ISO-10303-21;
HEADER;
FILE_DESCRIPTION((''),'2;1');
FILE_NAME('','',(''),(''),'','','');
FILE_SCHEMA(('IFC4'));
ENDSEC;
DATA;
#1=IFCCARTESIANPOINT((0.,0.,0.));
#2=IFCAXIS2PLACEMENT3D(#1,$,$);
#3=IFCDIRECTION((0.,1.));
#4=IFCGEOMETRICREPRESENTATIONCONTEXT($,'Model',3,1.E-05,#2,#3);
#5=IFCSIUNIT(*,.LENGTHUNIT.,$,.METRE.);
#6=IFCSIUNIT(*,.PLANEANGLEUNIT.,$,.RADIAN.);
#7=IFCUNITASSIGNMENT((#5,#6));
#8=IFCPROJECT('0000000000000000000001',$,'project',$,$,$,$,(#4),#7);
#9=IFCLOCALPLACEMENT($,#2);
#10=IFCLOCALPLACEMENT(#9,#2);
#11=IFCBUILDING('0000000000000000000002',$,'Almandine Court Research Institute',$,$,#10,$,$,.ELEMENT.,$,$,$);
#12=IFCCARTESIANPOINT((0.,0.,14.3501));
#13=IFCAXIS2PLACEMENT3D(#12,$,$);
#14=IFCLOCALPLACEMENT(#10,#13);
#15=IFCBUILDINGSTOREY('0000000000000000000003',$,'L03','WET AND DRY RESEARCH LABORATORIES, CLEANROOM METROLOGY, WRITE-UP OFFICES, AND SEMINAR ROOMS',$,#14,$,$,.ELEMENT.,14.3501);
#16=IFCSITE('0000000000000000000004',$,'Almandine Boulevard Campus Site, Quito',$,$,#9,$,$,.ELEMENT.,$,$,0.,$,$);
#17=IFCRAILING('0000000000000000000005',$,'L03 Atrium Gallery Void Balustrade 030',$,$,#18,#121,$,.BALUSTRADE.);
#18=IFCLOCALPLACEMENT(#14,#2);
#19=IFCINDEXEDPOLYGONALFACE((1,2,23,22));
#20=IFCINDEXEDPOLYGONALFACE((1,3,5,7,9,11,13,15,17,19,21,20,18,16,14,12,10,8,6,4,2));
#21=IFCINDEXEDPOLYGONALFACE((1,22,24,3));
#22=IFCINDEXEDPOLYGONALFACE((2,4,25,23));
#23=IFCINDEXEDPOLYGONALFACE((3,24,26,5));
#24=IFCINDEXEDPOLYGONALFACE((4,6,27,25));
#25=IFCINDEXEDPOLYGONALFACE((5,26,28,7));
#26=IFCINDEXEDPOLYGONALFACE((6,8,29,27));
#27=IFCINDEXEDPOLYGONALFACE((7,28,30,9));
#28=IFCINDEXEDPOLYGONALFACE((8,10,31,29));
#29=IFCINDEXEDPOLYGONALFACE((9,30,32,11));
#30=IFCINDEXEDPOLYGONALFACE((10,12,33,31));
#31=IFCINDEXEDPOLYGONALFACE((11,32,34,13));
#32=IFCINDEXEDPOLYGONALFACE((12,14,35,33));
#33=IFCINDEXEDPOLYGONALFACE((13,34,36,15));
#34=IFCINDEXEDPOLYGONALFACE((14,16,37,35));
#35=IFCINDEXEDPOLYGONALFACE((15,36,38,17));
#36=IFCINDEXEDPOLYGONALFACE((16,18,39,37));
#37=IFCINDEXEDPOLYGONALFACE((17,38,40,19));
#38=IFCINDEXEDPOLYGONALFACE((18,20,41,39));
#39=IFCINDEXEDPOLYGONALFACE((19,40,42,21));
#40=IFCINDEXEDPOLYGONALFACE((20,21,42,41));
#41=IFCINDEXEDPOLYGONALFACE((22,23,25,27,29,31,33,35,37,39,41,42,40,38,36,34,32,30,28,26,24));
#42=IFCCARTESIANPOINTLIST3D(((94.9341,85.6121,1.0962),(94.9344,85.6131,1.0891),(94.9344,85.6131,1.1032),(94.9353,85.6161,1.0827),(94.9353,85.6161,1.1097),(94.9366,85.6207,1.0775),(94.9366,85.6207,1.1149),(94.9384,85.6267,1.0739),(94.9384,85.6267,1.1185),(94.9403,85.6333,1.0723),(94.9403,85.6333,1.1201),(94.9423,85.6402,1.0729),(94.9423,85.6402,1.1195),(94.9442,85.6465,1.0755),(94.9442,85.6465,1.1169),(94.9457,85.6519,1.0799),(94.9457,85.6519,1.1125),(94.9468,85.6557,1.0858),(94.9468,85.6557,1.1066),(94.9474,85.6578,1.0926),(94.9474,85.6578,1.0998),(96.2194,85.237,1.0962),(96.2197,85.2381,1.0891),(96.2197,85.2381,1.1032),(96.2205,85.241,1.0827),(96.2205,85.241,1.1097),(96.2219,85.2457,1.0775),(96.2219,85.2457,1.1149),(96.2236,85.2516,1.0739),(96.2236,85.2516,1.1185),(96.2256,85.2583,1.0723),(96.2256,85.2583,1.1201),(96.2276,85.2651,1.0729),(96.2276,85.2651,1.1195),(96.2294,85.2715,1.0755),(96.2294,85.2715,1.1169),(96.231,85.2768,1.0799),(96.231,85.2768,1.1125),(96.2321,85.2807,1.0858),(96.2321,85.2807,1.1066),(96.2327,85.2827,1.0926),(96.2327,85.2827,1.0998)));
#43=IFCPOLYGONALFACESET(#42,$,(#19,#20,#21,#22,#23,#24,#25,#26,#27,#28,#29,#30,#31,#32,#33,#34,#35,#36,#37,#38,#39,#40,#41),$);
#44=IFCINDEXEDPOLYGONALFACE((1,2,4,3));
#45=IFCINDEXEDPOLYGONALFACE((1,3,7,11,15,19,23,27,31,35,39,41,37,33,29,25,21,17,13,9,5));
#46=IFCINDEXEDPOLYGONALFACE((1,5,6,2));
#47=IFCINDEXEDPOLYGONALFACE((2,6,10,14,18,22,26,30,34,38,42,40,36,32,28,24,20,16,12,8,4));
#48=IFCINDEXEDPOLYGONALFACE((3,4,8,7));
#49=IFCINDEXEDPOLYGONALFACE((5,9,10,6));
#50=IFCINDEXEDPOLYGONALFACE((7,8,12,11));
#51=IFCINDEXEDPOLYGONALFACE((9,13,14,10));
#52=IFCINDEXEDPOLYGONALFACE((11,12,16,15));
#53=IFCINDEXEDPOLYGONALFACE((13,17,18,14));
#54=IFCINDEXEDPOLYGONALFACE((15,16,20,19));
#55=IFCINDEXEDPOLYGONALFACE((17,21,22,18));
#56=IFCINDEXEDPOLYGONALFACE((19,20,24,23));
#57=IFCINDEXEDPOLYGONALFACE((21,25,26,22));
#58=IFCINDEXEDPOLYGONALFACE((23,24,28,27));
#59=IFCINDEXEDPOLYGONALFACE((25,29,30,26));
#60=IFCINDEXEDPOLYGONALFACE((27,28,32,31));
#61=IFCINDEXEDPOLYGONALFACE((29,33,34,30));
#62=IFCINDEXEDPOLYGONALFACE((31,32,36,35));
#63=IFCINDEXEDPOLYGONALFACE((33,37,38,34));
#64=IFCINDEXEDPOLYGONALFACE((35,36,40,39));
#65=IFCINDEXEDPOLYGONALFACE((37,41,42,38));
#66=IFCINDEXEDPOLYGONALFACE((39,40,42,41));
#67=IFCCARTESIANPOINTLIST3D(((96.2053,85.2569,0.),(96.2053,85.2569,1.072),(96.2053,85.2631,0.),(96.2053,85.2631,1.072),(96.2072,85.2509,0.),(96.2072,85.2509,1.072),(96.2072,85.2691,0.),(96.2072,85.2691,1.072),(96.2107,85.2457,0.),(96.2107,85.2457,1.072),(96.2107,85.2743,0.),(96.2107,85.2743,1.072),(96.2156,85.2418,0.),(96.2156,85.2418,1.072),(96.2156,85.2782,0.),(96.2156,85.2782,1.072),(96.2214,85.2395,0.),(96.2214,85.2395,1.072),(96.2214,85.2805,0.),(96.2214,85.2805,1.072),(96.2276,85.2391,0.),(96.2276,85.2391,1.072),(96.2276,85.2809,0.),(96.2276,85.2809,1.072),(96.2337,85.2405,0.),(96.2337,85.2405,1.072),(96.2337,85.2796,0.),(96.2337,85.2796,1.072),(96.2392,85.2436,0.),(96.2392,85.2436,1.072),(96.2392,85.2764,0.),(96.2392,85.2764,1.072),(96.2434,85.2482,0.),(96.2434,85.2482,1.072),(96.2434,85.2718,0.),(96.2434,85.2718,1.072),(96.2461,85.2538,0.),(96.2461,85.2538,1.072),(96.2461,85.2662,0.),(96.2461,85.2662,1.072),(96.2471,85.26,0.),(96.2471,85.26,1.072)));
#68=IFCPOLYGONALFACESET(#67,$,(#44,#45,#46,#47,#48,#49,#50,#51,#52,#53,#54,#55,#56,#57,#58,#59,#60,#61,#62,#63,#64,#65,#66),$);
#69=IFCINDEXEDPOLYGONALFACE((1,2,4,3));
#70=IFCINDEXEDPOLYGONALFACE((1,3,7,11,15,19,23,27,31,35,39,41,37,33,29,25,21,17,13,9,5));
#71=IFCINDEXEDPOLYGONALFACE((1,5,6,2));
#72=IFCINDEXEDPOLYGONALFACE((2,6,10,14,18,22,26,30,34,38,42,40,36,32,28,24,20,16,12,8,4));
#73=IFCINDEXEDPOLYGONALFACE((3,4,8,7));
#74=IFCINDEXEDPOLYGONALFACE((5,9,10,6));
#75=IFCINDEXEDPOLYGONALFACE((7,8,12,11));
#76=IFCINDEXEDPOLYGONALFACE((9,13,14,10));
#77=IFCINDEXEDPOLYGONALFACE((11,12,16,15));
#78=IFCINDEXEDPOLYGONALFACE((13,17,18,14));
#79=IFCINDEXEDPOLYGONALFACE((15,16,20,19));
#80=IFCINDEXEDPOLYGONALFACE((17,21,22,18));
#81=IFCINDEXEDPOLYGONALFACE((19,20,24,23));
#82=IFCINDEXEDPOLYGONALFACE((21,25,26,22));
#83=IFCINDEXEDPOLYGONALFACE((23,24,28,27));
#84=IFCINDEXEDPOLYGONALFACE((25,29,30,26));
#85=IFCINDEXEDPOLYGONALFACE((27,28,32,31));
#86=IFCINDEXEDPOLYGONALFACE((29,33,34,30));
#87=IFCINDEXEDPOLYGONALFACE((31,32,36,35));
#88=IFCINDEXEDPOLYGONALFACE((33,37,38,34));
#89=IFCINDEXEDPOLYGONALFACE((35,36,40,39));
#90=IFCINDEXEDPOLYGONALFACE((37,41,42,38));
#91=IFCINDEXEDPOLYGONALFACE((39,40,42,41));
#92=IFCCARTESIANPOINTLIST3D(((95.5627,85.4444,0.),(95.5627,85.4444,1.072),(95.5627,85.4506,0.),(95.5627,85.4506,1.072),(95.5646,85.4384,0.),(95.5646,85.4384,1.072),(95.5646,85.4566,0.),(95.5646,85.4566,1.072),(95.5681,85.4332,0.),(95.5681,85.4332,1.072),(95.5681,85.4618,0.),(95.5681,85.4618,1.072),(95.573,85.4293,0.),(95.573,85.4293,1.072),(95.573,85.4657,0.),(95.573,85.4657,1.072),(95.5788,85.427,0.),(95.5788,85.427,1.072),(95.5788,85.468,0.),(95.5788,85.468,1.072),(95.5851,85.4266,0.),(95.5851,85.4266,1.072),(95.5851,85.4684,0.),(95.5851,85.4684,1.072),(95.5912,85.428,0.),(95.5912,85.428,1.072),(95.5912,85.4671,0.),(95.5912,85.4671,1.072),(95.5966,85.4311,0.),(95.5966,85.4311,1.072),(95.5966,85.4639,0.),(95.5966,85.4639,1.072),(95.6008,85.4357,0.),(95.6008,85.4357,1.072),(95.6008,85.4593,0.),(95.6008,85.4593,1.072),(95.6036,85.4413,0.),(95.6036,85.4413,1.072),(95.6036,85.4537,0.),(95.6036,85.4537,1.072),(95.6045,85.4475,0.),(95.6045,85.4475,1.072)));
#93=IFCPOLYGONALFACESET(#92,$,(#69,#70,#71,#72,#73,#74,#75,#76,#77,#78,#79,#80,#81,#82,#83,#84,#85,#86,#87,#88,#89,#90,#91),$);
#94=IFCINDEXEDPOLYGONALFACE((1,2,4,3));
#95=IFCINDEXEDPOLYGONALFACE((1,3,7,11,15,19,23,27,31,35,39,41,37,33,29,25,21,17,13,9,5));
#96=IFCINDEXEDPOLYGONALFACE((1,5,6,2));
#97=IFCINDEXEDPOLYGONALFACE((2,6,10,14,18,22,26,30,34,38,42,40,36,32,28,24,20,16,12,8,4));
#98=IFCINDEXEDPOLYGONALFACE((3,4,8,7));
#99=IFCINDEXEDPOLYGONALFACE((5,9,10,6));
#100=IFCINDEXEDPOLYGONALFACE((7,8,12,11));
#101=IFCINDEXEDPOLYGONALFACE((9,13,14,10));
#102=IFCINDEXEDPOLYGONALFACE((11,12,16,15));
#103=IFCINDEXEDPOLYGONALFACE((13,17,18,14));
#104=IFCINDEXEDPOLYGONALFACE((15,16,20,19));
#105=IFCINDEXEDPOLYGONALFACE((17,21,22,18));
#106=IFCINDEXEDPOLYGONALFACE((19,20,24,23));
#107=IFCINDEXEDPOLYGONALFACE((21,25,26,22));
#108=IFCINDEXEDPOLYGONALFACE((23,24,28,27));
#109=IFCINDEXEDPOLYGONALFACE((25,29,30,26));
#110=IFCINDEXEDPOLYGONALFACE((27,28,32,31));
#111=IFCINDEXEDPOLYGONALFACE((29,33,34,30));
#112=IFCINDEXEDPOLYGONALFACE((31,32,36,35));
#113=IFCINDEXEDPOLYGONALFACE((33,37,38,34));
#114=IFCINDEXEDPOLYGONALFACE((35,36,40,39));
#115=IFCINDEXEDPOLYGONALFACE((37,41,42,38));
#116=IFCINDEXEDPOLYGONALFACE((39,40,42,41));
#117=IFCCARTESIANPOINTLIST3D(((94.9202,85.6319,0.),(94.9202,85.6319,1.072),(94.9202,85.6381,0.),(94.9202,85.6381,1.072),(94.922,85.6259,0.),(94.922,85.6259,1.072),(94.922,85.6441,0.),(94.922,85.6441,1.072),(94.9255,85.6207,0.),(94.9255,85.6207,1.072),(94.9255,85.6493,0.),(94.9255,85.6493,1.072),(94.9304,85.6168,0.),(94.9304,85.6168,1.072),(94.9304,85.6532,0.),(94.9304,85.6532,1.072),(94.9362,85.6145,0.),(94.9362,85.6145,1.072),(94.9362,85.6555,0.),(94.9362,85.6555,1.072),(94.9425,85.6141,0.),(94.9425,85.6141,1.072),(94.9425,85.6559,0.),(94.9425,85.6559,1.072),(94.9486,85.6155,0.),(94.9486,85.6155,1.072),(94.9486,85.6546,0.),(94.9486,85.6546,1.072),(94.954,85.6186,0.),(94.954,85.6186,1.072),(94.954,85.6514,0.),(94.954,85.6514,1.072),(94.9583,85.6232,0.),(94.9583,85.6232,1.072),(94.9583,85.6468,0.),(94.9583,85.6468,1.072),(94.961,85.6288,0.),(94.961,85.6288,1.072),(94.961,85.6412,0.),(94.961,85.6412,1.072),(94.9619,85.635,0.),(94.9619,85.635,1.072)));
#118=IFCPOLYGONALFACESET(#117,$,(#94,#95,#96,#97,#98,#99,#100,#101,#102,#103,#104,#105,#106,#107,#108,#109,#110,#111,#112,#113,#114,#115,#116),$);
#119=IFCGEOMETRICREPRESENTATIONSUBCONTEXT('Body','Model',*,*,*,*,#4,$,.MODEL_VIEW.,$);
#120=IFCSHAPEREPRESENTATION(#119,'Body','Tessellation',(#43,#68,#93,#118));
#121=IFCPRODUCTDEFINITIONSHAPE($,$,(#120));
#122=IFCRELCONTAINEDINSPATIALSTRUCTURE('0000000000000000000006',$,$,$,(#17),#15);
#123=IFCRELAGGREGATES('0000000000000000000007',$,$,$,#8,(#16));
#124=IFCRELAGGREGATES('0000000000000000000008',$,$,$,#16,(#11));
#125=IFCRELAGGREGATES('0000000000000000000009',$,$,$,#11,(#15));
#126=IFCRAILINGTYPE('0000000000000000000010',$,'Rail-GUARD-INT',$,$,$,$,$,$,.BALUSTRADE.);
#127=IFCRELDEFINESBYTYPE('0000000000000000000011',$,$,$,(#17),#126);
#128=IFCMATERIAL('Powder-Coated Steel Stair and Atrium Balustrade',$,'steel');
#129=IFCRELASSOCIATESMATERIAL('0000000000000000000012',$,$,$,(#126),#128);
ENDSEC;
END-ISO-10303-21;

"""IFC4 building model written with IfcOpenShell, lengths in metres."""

from ifc_helpers import new_model, si_unit, direction, frame, origin, origin_2d, place, context, subcontext, project, spatial, circle, extrude, material, type_object, element, save


model = new_model("IFC4")

# Units and contexts
model_context = context("Model", 3, precision=1e-05, world=origin(), true_north=direction((0.0, 1.0)))
body_context = subcontext(model_context, "Body", "Model", "MODEL_VIEW")
ifc_project = project(units=[si_unit("LENGTHUNIT", "METRE"), si_unit("PLANEANGLEUNIT", "RADIAN")], contexts=[model_context])

# Site, building, storey
site_placement = place(None, origin())
site = spatial("IfcSite", under=ifc_project, at=site_placement, Name="Almandine Boulevard Campus Site, Quito", CompositionType="ELEMENT", RefElevation=0.0)
building_placement = place(site_placement, origin())
building = spatial("IfcBuilding", under=site, at=building_placement, Name="Almandine Court Research Institute", CompositionType="ELEMENT")
storey_placement = place(building_placement, frame((0.0, 0.0, 14.3501)))
storey = spatial("IfcBuildingStorey", under=building, at=storey_placement, Name="L03", Description="WET AND DRY RESEARCH LABORATORIES, CLEANROOM METROLOGY, WRITE-UP OFFICES, AND SEMINAR ROOMS", CompositionType="ELEMENT", Elevation=14.3501)

# Railing
ifc_material_1 = material(Name="Powder-Coated Steel Stair and Atrium Balustrade", Category="steel")
railing_type = type_object("IfcRailingType", Name="Rail-GUARD-INT", PredefinedType="BALUSTRADE", material=ifc_material_1)
railing_1_placement = place(storey_placement, frame((96.2261, 85.26, 0.0)))
element("IfcRailing", 1, at=railing_1_placement, inside=storey, type_object=railing_type, Name="L03 Atrium Gallery Void Balustrade 030", PredefinedType="BALUSTRADE", context=body_context, shape_type="SweptSolid", body=[
    extrude(circle(Radius=0.0239, at=origin_2d()), frame((0.0, 0.0, 1.0962), z_axis=(-0.959967, 0.280112, 0.0), x_axis=(-0.280112, -0.959967, 0.0)), (0.0, 0.0, 1.0), 1.3389),
    extrude(circle(Radius=0.021, at=origin_2d()), origin(), (0.0, 0.0, 1.0), 1.072),
    extrude(circle(Radius=0.021, at=origin_2d()), frame((-0.6426, 0.1875, 0.0)), (0.0, 0.0, 1.0), 1.072),
    extrude(circle(Radius=0.021, at=origin_2d()), frame((-1.2852, 0.375, 0.0)), (0.0, 0.0, 1.0), 1.072),
])

save(model, "model.ifc")
